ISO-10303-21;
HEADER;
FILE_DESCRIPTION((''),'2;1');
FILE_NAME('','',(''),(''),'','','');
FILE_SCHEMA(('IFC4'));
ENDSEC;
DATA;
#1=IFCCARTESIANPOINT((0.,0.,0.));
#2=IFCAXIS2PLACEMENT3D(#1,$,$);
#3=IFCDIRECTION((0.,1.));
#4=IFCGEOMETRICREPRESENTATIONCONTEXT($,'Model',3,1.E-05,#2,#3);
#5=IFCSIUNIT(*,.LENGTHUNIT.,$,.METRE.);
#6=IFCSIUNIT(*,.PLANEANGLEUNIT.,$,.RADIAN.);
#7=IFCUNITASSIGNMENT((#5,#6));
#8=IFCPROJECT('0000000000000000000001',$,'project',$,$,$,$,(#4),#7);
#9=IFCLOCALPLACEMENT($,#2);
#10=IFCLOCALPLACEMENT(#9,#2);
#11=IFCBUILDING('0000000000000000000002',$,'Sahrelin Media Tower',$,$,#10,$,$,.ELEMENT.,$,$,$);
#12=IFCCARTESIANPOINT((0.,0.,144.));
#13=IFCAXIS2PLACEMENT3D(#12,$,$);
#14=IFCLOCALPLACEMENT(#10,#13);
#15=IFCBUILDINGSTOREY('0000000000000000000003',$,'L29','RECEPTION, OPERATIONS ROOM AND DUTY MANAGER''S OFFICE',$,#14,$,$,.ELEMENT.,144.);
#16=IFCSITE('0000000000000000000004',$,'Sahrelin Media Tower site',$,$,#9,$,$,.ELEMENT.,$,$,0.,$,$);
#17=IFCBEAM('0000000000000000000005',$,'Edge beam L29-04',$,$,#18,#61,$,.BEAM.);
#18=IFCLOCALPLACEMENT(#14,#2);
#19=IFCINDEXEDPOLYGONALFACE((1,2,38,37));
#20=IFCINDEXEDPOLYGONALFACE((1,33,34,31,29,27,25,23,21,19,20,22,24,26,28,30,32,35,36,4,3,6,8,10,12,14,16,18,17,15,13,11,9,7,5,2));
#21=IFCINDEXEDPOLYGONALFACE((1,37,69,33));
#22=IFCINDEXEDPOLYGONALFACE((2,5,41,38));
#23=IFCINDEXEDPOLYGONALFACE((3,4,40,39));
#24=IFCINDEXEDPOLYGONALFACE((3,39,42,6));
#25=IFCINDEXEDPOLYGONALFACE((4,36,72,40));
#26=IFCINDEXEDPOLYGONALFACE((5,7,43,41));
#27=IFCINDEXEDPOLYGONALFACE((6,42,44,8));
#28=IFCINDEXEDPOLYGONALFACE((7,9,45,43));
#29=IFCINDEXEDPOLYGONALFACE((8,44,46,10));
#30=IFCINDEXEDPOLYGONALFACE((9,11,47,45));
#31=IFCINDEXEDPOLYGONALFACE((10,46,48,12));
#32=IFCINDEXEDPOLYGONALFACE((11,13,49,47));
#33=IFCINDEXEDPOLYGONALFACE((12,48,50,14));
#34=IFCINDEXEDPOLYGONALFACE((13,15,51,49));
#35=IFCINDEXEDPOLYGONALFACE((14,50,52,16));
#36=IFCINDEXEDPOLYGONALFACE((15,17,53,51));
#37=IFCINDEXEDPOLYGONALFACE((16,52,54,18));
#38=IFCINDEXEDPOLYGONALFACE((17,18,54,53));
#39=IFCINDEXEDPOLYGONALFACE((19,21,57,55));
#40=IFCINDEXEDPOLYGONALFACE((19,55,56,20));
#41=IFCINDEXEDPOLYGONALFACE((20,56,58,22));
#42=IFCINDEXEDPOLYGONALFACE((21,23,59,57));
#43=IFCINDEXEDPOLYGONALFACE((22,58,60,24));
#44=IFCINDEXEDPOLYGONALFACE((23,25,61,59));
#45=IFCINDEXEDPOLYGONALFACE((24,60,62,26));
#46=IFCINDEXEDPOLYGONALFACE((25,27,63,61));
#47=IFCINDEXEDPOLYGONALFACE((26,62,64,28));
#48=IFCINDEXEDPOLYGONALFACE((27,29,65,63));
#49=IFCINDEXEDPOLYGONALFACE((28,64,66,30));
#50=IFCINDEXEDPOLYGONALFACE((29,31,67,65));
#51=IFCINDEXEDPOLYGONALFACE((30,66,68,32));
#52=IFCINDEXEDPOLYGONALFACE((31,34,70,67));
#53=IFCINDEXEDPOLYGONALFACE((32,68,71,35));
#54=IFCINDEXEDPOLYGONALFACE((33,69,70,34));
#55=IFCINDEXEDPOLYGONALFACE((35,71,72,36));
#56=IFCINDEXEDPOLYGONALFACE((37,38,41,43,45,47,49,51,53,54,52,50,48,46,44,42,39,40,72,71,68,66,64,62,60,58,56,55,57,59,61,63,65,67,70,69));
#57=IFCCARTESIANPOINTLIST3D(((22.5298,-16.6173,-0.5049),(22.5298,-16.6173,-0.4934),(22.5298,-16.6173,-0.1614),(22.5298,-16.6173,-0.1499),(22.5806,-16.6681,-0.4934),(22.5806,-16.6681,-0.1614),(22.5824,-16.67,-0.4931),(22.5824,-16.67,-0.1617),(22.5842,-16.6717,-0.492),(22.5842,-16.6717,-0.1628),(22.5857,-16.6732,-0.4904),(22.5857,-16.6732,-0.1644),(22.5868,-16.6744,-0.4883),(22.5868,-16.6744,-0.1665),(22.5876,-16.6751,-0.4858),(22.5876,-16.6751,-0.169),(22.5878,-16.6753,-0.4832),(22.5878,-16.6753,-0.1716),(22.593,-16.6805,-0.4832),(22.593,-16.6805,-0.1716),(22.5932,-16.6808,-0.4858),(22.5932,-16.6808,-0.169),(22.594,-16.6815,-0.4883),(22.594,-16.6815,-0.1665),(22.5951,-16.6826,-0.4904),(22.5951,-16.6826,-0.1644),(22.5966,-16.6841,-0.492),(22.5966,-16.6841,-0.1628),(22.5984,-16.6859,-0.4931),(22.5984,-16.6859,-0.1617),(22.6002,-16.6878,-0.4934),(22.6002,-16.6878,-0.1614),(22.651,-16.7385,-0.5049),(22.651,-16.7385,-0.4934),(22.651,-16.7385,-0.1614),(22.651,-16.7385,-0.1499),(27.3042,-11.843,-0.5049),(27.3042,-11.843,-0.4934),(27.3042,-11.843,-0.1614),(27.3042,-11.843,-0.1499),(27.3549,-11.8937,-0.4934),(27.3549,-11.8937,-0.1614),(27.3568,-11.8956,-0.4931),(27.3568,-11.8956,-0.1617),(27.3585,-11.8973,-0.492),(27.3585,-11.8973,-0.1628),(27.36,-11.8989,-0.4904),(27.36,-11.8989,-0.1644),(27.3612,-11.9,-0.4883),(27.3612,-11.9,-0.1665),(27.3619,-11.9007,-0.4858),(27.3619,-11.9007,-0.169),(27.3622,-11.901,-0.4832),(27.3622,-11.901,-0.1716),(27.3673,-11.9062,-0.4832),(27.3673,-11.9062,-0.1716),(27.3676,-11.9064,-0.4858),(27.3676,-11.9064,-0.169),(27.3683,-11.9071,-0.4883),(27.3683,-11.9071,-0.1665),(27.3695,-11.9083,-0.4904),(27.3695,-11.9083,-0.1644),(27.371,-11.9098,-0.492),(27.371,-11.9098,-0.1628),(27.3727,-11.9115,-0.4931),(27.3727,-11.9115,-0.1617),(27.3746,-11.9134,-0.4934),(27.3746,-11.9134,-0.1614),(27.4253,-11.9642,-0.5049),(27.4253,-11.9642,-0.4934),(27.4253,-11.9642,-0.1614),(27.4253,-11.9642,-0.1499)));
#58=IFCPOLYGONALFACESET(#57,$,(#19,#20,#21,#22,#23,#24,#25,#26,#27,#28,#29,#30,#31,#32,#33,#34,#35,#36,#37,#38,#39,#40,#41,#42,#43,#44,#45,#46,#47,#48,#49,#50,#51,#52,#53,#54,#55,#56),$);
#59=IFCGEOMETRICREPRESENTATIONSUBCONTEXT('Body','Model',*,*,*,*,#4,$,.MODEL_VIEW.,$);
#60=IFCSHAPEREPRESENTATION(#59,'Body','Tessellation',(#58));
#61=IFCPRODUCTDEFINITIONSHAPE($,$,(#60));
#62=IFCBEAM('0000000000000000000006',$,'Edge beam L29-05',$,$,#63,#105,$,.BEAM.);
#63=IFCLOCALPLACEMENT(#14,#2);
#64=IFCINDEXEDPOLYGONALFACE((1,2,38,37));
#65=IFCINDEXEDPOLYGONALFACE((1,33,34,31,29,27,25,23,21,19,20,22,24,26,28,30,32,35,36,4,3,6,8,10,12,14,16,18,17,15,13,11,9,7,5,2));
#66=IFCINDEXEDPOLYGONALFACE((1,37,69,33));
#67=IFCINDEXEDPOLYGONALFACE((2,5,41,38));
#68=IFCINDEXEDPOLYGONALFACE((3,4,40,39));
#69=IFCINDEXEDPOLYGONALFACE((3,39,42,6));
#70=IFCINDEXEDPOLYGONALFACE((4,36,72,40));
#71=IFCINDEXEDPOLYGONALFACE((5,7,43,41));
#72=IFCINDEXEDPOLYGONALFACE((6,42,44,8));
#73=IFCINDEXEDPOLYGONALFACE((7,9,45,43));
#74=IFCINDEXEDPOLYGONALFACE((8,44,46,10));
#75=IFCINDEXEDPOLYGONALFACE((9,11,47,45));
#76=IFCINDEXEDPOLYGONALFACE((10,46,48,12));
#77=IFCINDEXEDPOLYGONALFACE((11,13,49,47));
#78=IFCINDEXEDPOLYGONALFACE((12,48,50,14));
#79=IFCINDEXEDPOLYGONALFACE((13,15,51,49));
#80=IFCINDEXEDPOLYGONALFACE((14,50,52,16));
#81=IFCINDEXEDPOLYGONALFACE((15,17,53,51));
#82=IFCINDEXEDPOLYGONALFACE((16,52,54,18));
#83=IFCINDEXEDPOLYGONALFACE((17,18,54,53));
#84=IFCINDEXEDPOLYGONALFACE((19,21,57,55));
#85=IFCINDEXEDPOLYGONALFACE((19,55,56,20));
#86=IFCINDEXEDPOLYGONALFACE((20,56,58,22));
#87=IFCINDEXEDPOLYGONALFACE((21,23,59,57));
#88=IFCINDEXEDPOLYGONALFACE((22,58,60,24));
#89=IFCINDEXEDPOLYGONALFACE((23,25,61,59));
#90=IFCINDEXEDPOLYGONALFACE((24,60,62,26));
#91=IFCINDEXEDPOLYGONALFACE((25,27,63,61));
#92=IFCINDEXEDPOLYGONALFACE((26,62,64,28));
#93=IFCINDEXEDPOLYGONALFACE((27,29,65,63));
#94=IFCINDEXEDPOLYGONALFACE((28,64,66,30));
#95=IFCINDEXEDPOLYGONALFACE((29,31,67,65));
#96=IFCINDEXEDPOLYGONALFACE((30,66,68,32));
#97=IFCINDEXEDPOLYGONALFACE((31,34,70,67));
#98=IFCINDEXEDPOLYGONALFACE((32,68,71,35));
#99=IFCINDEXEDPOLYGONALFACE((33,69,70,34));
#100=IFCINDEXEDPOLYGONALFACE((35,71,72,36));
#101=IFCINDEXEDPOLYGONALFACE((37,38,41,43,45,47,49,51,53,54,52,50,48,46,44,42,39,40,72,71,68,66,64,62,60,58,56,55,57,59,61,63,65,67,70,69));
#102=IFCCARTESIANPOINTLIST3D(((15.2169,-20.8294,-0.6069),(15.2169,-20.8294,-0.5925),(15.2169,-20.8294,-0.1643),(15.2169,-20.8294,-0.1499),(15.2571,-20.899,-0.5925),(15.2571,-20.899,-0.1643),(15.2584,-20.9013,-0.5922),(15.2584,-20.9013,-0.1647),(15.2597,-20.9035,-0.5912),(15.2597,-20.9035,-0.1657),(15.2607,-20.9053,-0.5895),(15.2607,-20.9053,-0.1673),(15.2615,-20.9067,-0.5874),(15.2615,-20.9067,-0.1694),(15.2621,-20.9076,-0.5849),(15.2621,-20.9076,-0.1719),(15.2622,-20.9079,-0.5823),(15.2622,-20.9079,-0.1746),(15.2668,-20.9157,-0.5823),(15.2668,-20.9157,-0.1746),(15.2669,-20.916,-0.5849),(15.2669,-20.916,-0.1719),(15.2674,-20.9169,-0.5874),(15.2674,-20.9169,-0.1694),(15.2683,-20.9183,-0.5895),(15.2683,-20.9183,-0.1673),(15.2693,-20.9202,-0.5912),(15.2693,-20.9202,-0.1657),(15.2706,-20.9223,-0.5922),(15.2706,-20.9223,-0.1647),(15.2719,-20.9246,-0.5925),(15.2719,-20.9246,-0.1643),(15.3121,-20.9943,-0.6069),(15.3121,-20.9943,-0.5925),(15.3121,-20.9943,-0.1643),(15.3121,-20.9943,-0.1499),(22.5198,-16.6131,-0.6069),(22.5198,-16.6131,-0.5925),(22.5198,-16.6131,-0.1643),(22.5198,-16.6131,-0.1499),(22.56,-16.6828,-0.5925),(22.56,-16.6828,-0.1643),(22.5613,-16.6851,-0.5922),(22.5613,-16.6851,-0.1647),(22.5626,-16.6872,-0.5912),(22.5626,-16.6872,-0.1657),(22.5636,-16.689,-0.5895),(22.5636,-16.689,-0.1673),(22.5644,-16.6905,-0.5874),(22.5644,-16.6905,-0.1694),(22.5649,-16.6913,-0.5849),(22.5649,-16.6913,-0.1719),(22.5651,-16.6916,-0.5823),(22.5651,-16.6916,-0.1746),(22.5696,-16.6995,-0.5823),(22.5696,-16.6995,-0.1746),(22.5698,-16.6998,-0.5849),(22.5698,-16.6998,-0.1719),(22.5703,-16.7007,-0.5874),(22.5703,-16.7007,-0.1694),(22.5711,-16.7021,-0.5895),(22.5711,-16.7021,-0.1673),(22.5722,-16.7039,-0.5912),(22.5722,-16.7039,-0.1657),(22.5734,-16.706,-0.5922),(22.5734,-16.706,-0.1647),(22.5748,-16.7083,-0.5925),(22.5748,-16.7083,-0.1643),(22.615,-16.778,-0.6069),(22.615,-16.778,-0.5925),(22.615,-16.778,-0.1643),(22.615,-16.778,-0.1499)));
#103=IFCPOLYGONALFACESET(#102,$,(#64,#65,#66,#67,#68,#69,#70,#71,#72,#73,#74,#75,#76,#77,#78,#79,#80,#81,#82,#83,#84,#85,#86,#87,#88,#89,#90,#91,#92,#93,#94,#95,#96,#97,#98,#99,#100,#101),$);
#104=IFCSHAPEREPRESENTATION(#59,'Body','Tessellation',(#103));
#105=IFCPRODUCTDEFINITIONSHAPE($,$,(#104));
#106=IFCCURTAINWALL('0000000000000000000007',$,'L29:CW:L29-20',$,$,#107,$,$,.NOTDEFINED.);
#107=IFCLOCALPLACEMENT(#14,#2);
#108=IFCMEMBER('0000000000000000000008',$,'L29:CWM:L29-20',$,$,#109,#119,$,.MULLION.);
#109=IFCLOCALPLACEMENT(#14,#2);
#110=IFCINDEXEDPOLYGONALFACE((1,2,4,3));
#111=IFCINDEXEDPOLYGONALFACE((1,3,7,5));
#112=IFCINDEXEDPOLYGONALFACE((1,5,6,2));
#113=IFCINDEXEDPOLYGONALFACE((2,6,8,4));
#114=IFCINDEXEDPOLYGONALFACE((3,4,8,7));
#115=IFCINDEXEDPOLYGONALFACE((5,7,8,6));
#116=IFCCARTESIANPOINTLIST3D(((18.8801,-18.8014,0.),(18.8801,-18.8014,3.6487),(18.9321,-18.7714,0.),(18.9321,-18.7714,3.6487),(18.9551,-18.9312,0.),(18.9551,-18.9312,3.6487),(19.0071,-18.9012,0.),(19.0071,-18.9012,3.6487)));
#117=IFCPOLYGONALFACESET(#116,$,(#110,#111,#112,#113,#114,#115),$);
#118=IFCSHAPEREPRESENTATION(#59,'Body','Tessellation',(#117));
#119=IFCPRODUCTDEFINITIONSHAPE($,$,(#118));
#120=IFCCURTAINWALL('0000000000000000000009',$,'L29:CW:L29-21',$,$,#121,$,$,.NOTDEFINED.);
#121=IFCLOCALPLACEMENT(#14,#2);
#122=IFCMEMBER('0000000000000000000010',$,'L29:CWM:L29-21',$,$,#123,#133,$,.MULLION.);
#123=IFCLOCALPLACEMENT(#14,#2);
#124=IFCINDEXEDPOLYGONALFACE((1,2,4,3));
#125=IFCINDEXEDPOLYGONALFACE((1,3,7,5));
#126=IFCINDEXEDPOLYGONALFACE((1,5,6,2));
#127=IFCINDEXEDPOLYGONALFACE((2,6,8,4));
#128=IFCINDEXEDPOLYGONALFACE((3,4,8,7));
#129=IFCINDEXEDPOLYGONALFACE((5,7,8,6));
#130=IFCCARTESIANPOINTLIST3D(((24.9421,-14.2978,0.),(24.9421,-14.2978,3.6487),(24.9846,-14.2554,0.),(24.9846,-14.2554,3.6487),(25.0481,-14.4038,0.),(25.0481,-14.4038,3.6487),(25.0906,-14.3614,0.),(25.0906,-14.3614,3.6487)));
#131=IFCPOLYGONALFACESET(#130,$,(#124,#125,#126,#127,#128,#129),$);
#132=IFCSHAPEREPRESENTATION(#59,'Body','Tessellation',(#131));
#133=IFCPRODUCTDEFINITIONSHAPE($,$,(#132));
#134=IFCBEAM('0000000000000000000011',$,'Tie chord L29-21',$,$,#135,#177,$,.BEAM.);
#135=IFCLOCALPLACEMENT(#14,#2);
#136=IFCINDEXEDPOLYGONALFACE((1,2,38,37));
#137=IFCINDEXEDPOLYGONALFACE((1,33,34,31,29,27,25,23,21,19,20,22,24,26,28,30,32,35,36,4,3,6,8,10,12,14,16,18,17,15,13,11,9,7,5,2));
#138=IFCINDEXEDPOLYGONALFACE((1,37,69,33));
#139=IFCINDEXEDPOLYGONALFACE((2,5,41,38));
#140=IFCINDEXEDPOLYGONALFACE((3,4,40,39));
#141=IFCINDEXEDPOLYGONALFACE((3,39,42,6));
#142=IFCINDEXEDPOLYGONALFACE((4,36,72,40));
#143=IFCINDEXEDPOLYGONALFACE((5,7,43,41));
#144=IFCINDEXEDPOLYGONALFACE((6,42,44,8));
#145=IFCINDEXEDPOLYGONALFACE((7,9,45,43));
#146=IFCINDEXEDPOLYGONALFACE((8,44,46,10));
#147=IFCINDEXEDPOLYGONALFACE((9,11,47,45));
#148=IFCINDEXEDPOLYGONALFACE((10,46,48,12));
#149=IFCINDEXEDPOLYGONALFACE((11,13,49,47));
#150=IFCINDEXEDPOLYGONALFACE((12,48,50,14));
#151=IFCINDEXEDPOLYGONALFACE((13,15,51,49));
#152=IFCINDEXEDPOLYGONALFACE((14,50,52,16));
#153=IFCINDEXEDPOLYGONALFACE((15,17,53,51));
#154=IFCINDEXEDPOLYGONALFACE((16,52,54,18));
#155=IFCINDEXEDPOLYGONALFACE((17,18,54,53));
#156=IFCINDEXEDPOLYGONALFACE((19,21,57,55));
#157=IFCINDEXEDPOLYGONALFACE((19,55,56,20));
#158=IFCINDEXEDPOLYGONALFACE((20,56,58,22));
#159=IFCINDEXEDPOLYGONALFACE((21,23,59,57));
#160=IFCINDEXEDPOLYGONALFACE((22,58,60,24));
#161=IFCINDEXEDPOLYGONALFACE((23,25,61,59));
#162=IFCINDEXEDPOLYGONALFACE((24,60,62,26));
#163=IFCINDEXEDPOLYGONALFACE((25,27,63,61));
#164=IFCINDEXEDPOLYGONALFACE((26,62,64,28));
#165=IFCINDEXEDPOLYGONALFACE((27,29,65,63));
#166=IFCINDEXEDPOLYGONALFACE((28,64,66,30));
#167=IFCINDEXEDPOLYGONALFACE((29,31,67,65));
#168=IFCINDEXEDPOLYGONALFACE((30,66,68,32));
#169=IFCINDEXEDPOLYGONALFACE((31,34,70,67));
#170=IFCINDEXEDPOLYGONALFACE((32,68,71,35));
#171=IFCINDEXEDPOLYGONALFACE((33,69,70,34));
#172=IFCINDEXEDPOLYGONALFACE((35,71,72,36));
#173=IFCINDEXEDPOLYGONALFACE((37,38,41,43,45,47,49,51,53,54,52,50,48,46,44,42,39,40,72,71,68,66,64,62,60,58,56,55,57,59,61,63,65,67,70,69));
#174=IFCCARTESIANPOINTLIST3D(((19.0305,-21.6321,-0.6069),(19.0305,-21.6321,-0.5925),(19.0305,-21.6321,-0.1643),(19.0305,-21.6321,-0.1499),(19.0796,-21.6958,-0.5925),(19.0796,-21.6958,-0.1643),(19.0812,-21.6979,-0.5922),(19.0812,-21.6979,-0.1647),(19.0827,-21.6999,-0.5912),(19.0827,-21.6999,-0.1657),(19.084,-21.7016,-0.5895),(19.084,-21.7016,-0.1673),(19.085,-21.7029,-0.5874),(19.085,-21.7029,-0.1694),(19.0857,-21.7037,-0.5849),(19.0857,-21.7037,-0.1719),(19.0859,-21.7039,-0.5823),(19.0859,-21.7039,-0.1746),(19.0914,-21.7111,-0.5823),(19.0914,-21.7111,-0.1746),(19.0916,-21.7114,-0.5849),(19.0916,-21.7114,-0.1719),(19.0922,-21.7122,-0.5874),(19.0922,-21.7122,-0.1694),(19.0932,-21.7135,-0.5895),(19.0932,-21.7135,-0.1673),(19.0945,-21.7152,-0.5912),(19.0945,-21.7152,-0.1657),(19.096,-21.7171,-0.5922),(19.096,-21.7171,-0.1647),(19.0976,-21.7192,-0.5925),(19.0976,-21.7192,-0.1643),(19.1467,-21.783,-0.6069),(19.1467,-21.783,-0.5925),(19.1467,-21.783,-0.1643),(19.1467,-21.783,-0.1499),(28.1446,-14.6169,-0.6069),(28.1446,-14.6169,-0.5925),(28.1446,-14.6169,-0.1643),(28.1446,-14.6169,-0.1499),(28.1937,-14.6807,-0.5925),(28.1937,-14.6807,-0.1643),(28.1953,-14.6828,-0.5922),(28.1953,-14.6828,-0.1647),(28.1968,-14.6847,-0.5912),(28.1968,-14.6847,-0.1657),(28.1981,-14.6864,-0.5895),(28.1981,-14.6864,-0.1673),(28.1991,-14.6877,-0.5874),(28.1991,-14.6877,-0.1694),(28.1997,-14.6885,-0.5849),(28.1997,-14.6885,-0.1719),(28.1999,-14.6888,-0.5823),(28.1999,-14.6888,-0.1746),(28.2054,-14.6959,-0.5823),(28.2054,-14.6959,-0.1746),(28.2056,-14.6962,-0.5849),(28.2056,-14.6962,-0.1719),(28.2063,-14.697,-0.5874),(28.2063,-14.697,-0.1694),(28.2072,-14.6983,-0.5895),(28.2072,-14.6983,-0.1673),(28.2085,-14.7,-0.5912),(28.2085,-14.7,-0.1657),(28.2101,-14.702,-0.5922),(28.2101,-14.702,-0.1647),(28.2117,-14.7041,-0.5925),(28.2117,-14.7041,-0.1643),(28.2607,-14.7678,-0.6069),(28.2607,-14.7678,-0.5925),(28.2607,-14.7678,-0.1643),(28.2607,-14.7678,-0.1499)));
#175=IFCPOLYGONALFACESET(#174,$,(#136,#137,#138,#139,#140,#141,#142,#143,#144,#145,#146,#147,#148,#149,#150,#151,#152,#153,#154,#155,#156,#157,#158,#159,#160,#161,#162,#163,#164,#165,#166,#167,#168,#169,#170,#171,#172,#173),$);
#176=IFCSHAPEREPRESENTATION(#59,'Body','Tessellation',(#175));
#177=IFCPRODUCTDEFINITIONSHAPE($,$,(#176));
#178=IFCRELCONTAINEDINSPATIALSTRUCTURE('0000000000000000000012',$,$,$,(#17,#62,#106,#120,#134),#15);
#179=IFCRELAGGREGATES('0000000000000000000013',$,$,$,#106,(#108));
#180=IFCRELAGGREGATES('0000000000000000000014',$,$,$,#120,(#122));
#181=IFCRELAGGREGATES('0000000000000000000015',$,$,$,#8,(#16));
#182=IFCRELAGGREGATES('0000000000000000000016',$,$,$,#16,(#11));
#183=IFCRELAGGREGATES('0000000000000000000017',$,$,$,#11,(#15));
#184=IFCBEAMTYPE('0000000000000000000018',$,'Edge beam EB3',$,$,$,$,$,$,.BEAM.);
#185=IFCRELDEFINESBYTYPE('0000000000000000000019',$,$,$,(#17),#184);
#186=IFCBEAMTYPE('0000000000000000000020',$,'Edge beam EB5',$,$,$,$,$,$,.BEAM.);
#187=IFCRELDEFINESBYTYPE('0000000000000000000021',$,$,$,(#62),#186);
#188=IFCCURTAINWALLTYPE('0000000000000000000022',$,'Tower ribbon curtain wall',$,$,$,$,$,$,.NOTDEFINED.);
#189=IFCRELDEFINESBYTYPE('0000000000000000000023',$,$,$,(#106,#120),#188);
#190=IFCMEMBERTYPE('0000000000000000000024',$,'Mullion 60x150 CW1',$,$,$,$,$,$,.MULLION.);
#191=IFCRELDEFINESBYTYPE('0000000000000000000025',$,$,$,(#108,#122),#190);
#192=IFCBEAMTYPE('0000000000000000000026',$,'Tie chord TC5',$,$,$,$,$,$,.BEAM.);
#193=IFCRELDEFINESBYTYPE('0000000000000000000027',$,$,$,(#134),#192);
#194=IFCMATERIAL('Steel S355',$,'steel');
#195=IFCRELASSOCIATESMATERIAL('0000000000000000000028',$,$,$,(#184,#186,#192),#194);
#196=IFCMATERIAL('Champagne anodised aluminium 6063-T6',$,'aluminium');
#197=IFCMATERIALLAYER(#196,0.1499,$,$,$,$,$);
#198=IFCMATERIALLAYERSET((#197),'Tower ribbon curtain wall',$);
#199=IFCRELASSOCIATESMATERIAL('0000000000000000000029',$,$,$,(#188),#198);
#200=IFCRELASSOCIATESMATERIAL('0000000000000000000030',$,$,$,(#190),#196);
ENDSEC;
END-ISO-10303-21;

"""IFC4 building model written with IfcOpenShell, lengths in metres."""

from ifc_helpers import new_model, si_unit, direction, frame, origin, origin_2d, place, context, subcontext, project, spatial, rectangle, i_section, extrude, material, layer, layer_set, material_profile, profile_set, type_object, element, aggregate, save


model = new_model("IFC4")

# Units and contexts
model_context = context("Model", 3, precision=1e-05, world=origin(), true_north=direction((0.0, 1.0)))
body_context = subcontext(model_context, "Body", "Model", "MODEL_VIEW")
ifc_project = project(units=[si_unit("LENGTHUNIT", "METRE"), si_unit("PLANEANGLEUNIT", "RADIAN")], contexts=[model_context])

# Site, building, storey
site_placement = place(None, origin())
site = spatial("IfcSite", under=ifc_project, at=site_placement, Name="Sahrelin Media Tower site", CompositionType="ELEMENT", RefElevation=0.0)
building_placement = place(site_placement, origin())
building = spatial("IfcBuilding", under=site, at=building_placement, Name="Sahrelin Media Tower", CompositionType="ELEMENT")
storey_placement = place(building_placement, frame((0.0, 0.0, 144.0)))
storey = spatial("IfcBuildingStorey", under=building, at=storey_placement, Name="L29", Description="RECEPTION, OPERATIONS ROOM AND DUTY MANAGER'S OFFICE", CompositionType="ELEMENT", Elevation=144.0)

# Beams
ifc_material_1 = material(Name="Steel S355", Category="steel")
ifc_material_profile_1 = material_profile(ifc_material_1, i_section(OverallWidth=0.1714, OverallDepth=0.355, WebThickness=0.0073, FlangeThickness=0.0115, FilletRadius=0.0103, at=origin_2d()), Name="UB 356x171x51")
ifc_profile_set_1 = profile_set([ifc_material_profile_1], Name="Steel S355")
beam_type_1 = type_object("IfcBeamType", Name="Edge beam EB3", PredefinedType="BEAM", material=ifc_profile_set_1)
beam_1_placement = place(storey_placement, frame((27.3647, -11.9036, -0.3274), z_axis=(-0.707107, -0.707107, 0.0), x_axis=(0.707107, -0.707107, 0.0)))
element("IfcBeam", 1, at=beam_1_placement, inside=storey, type_object=beam_type_1, Name="Edge beam L29-04", PredefinedType="BEAM", context=body_context, shape_type="SweptSolid", body=[
    extrude(i_section(OverallWidth=0.1714, OverallDepth=0.355, WebThickness=0.0073, FlangeThickness=0.0115, FilletRadius=0.0103, at=origin_2d()), origin(), (0.0, 0.0, 1.0), 6.752),
])
ifc_material_profile_2 = material_profile(ifc_material_1, i_section(OverallWidth=0.1904, OverallDepth=0.457, WebThickness=0.009, FlangeThickness=0.0144, FilletRadius=0.0103, at=origin_2d()), Name="UB 457x191x74")
ifc_profile_set_2 = profile_set([ifc_material_profile_2], Name="Steel S355")
beam_type_2 = type_object("IfcBeamType", Name="Edge beam EB5", PredefinedType="BEAM", material=ifc_profile_set_2)
beam_2_placement = place(storey_placement, frame((22.5674, -16.6956, -0.3784), z_axis=(-0.866029, -0.499994, 0.0), x_axis=(0.499994, -0.866029, 0.0)))
element("IfcBeam", 2, at=beam_2_placement, inside=storey, type_object=beam_type_2, Name="Edge beam L29-05", PredefinedType="BEAM", context=body_context, shape_type="SweptSolid", body=[
    extrude(i_section(OverallWidth=0.1904, OverallDepth=0.457, WebThickness=0.009, FlangeThickness=0.0144, FilletRadius=0.0103, at=origin_2d()), origin(), (0.0, 0.0, 1.0), 8.4326),
])

# Curtain walls, members
ifc_material_2 = material(Name="Champagne anodised aluminium 6063-T6", Category="aluminium")
ifc_layer_1 = layer(ifc_material_2, 0.1499)
ifc_layer_set_1 = layer_set([ifc_layer_1], Name="Tower ribbon curtain wall")
curtain_wall_type = type_object("IfcCurtainWallType", Name="Tower ribbon curtain wall", PredefinedType="NOTDEFINED", material=ifc_layer_set_1)
curtain_wall_1_placement = place(storey_placement, frame((18.991, -18.9336, 0.0), z_axis=(0.0, 0.0, 1.0), x_axis=(1.0, 0.0, 0.0)))
curtain_wall_1 = element("IfcCurtainWall", 3, at=curtain_wall_1_placement, inside=storey, type_object=curtain_wall_type, Name="L29:CW:L29-20", PredefinedType="NOTDEFINED")
ifc_material_profile_3 = material_profile(ifc_material_2, rectangle(XDim=0.0601, YDim=0.1499, at=origin_2d()), Name="Mullion 60x150")
ifc_profile_set_3 = profile_set([ifc_material_profile_3], Name="Champagne anodised aluminium 6063-T6")
member_type_1 = type_object("IfcMemberType", Name="Mullion 60x150 CW1", PredefinedType="MULLION", material=ifc_profile_set_3)
member_1_placement = place(storey_placement, frame((18.9436, -18.8513, 0.0), z_axis=(0.0, 0.0, 1.0), x_axis=(0.866027, 0.499997, 0.0)))
member_1 = element("IfcMember", 4, at=member_1_placement, type_object=member_type_1, Name="L29:CWM:L29-20", PredefinedType="MULLION", context=body_context, shape_type="SweptSolid", body=[
    extrude(rectangle(XDim=0.0601, YDim=0.1499, at=origin_2d()), origin(), (0.0, 0.0, 1.0), 3.6487),
])
curtain_wall_2_placement = place(storey_placement, frame((25.0835, -14.3967, 0.0), z_axis=(0.0, 0.0, 1.0), x_axis=(1.0, 0.0, 0.0)))
curtain_wall_2 = element("IfcCurtainWall", 5, at=curtain_wall_2_placement, inside=storey, type_object=curtain_wall_type, Name="L29:CW:L29-21", PredefinedType="NOTDEFINED")
member_2_placement = place(storey_placement, frame((25.0164, -14.3296, 0.0), z_axis=(0.0, 0.0, 1.0), x_axis=(0.707107, 0.707107, 0.0)))
member_2 = element("IfcMember", 6, at=member_2_placement, type_object=member_type_1, Name="L29:CWM:L29-21", PredefinedType="MULLION", context=body_context, shape_type="SweptSolid", body=[
    extrude(rectangle(XDim=0.0601, YDim=0.1499, at=origin_2d()), origin(), (0.0, 0.0, 1.0), 3.6487),
])

# Beam
ifc_material_profile_4 = material_profile(ifc_material_1, i_section(OverallWidth=0.1904, OverallDepth=0.457, WebThickness=0.009, FlangeThickness=0.0144, FilletRadius=0.0103, at=origin_2d()), Name="UB 457x191x74")
ifc_profile_set_4 = profile_set([ifc_material_profile_4], Name="Steel S355")
beam_type_3 = type_object("IfcBeamType", Name="Tie chord TC5", PredefinedType="BEAM", material=ifc_profile_set_4)
beam_3_placement = place(storey_placement, frame((19.0886, -21.7075, -0.3784), z_axis=(0.792441, 0.609949, 0.0), x_axis=(-0.609949, 0.792441, 0.0)))
element("IfcBeam", 7, at=beam_3_placement, inside=storey, type_object=beam_type_3, Name="Tie chord L29-21", PredefinedType="BEAM", context=body_context, shape_type="SweptSolid", body=[
    extrude(i_section(OverallWidth=0.1904, OverallDepth=0.457, WebThickness=0.009, FlangeThickness=0.0144, FilletRadius=0.0103, at=origin_2d()), origin(), (0.0, 0.0, 1.0), 11.5012),
])

aggregate(curtain_wall_1, [member_1])
aggregate(curtain_wall_2, [member_2])

save(model, "model.ifc")
